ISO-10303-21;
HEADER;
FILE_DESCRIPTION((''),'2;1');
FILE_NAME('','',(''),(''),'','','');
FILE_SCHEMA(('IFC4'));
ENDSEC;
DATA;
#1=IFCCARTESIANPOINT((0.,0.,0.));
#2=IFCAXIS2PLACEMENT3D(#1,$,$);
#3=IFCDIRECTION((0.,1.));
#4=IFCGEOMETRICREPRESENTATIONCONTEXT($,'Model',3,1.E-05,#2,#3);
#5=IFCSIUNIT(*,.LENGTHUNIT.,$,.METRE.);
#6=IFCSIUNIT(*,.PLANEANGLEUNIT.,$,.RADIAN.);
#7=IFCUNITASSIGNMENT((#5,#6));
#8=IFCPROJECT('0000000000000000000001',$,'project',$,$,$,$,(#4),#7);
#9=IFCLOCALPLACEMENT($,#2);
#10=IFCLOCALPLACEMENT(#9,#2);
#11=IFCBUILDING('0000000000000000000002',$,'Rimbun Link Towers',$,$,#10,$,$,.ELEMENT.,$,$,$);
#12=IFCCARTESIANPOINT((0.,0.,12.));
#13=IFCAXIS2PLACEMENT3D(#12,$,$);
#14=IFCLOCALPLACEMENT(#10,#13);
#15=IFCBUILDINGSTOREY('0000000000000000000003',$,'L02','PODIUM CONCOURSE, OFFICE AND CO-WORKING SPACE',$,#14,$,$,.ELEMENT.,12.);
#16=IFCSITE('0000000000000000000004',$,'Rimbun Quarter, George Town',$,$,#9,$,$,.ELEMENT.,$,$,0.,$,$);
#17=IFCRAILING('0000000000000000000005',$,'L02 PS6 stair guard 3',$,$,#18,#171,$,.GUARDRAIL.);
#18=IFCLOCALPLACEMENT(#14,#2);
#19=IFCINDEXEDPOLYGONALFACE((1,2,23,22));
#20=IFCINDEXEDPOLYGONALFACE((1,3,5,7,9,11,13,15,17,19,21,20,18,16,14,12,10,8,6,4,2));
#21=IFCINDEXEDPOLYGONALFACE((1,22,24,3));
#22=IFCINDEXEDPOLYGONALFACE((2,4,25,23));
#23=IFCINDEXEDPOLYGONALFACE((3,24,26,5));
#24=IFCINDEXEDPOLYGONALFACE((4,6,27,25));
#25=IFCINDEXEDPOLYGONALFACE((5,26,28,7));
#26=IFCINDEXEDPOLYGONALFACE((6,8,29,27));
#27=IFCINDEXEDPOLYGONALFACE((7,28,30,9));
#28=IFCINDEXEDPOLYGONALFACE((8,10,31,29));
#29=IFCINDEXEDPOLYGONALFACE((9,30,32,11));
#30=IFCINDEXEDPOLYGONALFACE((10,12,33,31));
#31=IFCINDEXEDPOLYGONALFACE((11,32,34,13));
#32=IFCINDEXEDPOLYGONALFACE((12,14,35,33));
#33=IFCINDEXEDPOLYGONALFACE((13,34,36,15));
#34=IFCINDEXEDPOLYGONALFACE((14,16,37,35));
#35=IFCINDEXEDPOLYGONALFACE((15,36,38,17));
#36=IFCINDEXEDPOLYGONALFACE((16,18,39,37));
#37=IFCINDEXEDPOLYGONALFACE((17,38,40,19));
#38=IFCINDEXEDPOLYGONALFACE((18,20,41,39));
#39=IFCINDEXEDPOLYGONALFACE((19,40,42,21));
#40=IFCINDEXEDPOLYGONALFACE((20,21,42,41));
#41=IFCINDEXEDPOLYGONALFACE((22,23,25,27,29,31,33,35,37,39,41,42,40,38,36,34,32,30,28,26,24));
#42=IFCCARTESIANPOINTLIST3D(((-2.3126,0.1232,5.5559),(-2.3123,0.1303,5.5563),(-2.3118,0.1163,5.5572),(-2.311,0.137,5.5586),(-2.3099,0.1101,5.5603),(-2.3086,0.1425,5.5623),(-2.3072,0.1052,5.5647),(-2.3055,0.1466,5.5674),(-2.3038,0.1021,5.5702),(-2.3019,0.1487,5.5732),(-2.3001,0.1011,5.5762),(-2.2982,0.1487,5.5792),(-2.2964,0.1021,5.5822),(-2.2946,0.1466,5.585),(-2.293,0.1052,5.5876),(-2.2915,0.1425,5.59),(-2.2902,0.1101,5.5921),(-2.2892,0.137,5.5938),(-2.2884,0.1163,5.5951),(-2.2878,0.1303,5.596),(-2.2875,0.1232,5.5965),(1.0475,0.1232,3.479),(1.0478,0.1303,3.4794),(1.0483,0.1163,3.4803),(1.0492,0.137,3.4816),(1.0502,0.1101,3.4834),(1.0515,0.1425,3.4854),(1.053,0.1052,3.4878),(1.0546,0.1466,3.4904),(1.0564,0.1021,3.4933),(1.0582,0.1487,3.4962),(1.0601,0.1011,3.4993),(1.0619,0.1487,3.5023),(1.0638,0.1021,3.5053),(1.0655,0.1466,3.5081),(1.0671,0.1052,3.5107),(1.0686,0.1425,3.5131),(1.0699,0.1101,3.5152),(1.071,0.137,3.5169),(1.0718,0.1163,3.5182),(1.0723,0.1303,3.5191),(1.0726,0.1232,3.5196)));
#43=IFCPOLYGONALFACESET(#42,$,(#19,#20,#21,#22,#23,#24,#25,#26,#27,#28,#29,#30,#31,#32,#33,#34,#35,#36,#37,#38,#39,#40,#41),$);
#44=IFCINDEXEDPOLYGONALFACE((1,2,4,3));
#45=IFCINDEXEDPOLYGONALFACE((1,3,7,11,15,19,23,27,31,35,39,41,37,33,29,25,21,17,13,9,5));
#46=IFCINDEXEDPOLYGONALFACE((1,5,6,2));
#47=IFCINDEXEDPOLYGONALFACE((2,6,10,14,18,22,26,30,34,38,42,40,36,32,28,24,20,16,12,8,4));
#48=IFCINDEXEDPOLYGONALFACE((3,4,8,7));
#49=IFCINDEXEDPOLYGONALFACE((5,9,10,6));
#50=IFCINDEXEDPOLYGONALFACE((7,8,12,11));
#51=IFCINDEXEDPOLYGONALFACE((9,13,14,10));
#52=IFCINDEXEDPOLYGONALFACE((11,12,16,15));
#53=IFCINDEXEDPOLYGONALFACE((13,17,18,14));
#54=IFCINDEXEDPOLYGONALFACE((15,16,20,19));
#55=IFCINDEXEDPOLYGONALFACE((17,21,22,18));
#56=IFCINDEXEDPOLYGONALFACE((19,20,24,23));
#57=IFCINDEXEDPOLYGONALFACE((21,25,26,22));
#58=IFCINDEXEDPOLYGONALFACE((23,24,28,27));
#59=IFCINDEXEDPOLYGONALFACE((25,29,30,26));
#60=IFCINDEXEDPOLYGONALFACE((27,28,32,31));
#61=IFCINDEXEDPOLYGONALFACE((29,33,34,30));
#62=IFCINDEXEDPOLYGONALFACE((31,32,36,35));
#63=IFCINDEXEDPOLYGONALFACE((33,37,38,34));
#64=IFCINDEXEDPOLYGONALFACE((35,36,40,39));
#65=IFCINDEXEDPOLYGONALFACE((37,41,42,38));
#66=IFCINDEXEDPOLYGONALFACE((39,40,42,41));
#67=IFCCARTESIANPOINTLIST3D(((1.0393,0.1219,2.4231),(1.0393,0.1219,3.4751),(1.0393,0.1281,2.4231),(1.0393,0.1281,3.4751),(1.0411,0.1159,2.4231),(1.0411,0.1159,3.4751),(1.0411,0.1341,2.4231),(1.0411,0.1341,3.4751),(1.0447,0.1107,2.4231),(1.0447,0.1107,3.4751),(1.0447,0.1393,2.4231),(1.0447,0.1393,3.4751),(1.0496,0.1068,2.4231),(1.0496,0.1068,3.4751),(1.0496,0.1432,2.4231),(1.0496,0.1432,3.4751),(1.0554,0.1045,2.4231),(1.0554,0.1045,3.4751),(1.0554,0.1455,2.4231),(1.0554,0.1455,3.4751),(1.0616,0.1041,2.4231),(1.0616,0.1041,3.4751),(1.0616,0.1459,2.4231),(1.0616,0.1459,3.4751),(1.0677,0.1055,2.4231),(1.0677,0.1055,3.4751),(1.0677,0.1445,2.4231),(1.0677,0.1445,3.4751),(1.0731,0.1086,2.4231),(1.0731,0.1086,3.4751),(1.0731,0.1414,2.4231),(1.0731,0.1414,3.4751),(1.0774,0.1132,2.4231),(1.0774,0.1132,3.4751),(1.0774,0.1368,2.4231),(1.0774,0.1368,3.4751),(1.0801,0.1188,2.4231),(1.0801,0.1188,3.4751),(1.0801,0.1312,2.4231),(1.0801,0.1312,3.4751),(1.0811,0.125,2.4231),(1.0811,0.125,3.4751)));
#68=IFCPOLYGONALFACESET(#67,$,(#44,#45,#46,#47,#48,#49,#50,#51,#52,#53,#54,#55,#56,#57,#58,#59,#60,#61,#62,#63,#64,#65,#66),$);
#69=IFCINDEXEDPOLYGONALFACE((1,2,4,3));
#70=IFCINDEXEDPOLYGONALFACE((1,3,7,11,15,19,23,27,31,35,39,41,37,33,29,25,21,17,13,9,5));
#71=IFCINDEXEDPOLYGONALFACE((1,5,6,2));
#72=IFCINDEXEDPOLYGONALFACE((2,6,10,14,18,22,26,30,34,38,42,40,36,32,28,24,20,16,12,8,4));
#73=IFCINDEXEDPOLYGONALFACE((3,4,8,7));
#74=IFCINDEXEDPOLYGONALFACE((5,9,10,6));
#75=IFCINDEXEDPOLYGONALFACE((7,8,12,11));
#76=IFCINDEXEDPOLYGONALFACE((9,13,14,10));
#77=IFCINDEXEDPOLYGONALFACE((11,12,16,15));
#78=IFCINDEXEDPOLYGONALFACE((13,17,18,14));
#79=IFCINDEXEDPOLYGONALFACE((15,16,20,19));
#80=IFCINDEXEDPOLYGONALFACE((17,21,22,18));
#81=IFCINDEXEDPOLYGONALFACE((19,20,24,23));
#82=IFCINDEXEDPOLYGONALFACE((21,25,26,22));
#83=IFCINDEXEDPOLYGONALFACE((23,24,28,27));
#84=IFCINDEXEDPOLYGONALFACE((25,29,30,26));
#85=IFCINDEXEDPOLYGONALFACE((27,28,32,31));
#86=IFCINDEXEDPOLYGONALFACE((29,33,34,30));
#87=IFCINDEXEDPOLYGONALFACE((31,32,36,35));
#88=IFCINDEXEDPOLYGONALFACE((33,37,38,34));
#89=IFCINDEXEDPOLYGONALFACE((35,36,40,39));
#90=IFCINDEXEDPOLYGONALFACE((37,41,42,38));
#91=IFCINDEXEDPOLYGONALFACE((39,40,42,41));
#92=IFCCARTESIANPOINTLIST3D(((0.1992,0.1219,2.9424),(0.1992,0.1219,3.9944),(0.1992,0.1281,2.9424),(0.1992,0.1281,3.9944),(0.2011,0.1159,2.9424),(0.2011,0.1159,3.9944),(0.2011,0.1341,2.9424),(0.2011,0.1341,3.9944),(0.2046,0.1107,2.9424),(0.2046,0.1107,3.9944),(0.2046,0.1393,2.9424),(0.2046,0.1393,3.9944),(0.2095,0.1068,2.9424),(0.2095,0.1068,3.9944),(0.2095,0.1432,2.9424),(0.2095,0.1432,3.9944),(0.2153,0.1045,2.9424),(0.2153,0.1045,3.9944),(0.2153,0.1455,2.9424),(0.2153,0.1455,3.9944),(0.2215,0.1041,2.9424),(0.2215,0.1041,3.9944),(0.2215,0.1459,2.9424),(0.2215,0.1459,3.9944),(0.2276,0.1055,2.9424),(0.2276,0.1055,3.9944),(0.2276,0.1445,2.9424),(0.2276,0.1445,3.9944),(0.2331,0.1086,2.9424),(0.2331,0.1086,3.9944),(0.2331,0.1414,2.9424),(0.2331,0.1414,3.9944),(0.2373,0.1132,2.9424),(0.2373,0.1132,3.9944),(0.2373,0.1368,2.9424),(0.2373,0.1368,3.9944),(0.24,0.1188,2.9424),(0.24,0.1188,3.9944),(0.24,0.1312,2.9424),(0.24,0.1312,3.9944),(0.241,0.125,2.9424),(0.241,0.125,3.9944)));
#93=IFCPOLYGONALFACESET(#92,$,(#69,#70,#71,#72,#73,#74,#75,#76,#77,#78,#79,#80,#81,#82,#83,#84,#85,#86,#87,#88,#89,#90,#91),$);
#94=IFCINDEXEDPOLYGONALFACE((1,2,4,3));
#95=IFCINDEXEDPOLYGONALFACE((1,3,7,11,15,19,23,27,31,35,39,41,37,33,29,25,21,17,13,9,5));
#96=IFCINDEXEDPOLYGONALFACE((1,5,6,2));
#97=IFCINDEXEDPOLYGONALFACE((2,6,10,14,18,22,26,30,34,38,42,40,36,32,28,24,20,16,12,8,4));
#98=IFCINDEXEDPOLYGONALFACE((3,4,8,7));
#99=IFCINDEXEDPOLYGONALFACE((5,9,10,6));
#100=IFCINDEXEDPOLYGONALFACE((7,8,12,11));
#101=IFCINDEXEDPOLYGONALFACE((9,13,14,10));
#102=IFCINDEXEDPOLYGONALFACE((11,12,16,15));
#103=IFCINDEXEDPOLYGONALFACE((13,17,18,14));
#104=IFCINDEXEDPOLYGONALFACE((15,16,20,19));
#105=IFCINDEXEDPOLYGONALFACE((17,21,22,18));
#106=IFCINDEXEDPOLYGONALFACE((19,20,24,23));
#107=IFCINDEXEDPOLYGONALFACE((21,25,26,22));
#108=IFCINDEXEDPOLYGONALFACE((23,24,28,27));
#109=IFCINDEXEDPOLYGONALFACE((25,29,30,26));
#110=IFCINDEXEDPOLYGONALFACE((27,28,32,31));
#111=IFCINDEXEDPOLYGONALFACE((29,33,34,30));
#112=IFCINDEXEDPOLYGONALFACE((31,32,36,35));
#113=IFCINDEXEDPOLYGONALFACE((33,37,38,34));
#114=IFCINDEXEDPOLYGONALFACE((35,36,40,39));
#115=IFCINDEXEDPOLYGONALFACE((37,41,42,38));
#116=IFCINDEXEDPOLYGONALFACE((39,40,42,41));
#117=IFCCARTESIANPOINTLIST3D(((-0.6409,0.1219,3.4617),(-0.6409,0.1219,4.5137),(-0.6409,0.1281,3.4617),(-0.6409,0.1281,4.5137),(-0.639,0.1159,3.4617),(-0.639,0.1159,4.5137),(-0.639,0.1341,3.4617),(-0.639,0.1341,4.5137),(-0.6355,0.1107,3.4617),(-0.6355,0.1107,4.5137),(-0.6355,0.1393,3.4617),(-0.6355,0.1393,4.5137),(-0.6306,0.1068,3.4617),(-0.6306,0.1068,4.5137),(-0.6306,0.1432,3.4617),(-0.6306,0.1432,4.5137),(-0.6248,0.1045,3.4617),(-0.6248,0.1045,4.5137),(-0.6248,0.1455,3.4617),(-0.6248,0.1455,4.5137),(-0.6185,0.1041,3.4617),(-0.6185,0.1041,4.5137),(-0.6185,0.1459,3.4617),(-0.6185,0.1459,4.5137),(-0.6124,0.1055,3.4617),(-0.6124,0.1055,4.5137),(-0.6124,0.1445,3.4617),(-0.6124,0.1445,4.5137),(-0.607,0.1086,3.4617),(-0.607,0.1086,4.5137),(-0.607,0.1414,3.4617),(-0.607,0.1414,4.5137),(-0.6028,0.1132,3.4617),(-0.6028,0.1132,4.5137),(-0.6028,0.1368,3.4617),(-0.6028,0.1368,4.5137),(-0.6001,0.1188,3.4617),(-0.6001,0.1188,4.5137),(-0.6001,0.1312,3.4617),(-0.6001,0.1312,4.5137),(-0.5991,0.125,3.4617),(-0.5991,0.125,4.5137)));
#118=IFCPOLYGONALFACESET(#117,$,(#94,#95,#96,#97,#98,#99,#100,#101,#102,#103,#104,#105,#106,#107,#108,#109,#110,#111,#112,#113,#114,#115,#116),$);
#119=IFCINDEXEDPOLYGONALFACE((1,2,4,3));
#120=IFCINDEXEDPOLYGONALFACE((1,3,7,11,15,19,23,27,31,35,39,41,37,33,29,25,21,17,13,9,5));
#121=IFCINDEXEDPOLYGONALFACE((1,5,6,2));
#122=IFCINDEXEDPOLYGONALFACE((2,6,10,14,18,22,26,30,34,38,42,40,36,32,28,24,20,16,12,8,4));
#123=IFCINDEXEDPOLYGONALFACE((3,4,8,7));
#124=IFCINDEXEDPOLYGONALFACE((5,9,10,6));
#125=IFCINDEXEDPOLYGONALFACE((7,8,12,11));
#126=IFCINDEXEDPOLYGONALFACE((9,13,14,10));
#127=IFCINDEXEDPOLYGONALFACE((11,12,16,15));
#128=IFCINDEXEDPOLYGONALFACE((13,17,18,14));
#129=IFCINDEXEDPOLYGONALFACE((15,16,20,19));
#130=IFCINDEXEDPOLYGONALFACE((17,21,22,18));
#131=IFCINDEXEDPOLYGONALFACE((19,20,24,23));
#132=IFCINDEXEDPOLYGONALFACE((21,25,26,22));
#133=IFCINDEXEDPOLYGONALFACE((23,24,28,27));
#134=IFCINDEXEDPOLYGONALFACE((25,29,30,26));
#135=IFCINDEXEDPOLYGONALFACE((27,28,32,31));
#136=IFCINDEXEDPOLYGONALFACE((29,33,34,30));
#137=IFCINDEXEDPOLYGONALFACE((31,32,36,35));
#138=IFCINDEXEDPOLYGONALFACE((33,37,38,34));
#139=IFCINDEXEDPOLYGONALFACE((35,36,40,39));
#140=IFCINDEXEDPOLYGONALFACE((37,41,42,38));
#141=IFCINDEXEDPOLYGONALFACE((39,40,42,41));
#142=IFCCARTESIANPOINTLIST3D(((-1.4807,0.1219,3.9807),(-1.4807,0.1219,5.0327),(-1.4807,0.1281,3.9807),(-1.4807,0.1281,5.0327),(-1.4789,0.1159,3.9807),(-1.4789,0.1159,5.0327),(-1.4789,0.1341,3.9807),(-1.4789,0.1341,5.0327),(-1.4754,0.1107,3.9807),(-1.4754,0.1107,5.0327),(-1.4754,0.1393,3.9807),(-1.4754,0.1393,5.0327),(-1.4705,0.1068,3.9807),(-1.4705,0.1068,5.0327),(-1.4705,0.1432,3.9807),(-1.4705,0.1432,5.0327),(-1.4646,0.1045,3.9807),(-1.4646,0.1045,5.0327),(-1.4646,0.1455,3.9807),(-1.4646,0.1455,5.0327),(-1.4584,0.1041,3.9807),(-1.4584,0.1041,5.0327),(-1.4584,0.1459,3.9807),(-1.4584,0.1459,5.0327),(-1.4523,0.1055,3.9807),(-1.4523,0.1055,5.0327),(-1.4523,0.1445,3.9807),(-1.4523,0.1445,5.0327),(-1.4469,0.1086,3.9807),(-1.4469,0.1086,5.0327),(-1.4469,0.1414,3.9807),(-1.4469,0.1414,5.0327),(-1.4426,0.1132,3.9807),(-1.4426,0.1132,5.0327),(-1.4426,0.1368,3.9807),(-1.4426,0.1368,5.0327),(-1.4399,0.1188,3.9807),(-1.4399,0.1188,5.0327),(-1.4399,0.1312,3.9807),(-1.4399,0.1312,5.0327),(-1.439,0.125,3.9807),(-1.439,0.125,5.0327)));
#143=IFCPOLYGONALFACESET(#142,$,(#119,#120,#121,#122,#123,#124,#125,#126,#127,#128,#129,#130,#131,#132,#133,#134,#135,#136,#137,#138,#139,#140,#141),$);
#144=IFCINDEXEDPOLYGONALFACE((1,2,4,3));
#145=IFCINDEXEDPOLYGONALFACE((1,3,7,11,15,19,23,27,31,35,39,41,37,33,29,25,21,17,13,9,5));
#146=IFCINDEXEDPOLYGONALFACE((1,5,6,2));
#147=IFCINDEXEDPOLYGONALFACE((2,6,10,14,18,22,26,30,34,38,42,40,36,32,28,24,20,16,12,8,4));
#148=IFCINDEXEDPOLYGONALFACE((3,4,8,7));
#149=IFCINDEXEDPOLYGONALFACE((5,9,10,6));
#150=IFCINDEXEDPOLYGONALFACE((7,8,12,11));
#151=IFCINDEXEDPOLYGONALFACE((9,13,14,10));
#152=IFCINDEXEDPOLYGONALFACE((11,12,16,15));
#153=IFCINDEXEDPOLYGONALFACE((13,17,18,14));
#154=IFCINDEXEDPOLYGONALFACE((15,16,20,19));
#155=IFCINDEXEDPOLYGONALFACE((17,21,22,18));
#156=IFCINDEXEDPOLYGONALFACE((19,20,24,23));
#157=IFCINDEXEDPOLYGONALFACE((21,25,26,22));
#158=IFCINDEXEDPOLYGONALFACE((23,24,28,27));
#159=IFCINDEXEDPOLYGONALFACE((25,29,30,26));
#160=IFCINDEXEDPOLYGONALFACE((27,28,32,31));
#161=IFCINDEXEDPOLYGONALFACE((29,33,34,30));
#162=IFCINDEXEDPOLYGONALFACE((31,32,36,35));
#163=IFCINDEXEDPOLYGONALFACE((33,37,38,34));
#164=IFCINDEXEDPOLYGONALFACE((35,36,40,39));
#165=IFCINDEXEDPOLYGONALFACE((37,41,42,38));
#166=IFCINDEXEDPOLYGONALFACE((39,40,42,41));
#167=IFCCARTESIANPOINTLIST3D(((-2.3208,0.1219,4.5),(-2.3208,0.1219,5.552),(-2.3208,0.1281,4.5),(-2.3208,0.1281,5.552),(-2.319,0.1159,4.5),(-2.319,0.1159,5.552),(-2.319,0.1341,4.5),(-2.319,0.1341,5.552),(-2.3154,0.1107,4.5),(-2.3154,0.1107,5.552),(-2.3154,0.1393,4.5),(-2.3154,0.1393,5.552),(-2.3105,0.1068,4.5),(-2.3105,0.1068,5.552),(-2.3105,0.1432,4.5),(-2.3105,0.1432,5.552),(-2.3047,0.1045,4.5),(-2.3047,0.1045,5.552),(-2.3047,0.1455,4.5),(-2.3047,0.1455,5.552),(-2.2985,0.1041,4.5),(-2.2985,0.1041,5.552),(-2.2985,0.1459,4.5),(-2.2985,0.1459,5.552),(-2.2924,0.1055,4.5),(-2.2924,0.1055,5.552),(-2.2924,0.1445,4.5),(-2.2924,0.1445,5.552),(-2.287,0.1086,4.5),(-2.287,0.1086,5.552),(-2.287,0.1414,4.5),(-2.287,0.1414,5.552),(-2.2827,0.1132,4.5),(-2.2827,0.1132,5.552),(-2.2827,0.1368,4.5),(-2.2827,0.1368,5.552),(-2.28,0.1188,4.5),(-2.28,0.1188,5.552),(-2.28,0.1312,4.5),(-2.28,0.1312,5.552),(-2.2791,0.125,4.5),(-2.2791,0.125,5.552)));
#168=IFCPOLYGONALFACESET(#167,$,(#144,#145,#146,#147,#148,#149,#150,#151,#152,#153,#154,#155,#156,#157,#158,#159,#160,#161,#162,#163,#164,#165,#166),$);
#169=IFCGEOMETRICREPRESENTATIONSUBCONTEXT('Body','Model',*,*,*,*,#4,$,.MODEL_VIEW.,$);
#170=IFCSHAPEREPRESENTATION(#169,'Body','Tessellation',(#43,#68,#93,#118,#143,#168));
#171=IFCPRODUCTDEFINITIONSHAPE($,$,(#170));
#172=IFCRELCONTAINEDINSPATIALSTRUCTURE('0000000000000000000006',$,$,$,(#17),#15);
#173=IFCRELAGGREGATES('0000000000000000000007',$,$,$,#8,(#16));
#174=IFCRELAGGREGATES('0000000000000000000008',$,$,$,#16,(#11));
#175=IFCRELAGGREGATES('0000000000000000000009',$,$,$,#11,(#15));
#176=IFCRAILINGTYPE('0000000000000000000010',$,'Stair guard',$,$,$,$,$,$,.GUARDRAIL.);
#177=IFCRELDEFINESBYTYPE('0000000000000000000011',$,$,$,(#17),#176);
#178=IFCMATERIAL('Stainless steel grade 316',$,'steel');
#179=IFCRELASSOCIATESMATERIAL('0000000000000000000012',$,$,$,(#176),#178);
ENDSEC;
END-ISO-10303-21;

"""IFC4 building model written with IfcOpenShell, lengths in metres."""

from ifc_helpers import new_model, si_unit, direction, frame, origin, origin_2d, place, context, subcontext, project, spatial, circle, extrude, material, type_object, element, save


model = new_model("IFC4")

# Units and contexts
model_context = context("Model", 3, precision=1e-05, world=origin(), true_north=direction((0.0, 1.0)))
body_context = subcontext(model_context, "Body", "Model", "MODEL_VIEW")
ifc_project = project(units=[si_unit("LENGTHUNIT", "METRE"), si_unit("PLANEANGLEUNIT", "RADIAN")], contexts=[model_context])

# Site, building, storey
site_placement = place(None, origin())
site = spatial("IfcSite", under=ifc_project, at=site_placement, Name="Rimbun Quarter, George Town", CompositionType="ELEMENT", RefElevation=0.0)
building_placement = place(site_placement, origin())
building = spatial("IfcBuilding", under=site, at=building_placement, Name="Rimbun Link Towers", CompositionType="ELEMENT")
storey_placement = place(building_placement, frame((0.0, 0.0, 12.0)))
storey = spatial("IfcBuildingStorey", under=building, at=storey_placement, Name="L02", Description="PODIUM CONCOURSE, OFFICE AND CO-WORKING SPACE", CompositionType="ELEMENT", Elevation=12.0)

# Railing
ifc_material_1 = material(Name="Stainless steel grade 316", Category="steel")
railing_type_1 = type_object("IfcRailingType", Name="Stair guard", PredefinedType="GUARDRAIL", material=ifc_material_1)
railing_1_placement = place(storey_placement, frame((1.0601, 0.125, 2.4231)))
element("IfcRailing", 1, at=railing_1_placement, inside=storey, type_object=railing_type_1, Name="L02 PS6 stair guard 3", PredefinedType="GUARDRAIL", context=body_context, shape_type="SweptSolid", body=[
    extrude(circle(Radius=0.0239, at=origin_2d()), frame((0.0, 0.0, 1.0762), z_axis=(-0.850623, 0.0, 0.525776), x_axis=(0.0, -1.0, 0.0)), (0.0, 0.0, 1.0), 3.9502),
    extrude(circle(Radius=0.021, at=origin_2d()), origin(), (0.0, 0.0, 1.0), 1.052),
    extrude(circle(Radius=0.021, at=origin_2d()), frame((-0.8401, 0.0, 0.5193)), (0.0, 0.0, 1.0), 1.052),
    extrude(circle(Radius=0.021, at=origin_2d()), frame((-1.6802, 0.0, 1.0386)), (0.0, 0.0, 1.0), 1.052),
    extrude(circle(Radius=0.021, at=origin_2d()), frame((-2.52, 0.0, 1.5576)), (0.0, 0.0, 1.0), 1.052),
    extrude(circle(Radius=0.021, at=origin_2d()), frame((-3.3601, 0.0, 2.0769)), (0.0, 0.0, 1.0), 1.052),
])

save(model, "model.ifc")
